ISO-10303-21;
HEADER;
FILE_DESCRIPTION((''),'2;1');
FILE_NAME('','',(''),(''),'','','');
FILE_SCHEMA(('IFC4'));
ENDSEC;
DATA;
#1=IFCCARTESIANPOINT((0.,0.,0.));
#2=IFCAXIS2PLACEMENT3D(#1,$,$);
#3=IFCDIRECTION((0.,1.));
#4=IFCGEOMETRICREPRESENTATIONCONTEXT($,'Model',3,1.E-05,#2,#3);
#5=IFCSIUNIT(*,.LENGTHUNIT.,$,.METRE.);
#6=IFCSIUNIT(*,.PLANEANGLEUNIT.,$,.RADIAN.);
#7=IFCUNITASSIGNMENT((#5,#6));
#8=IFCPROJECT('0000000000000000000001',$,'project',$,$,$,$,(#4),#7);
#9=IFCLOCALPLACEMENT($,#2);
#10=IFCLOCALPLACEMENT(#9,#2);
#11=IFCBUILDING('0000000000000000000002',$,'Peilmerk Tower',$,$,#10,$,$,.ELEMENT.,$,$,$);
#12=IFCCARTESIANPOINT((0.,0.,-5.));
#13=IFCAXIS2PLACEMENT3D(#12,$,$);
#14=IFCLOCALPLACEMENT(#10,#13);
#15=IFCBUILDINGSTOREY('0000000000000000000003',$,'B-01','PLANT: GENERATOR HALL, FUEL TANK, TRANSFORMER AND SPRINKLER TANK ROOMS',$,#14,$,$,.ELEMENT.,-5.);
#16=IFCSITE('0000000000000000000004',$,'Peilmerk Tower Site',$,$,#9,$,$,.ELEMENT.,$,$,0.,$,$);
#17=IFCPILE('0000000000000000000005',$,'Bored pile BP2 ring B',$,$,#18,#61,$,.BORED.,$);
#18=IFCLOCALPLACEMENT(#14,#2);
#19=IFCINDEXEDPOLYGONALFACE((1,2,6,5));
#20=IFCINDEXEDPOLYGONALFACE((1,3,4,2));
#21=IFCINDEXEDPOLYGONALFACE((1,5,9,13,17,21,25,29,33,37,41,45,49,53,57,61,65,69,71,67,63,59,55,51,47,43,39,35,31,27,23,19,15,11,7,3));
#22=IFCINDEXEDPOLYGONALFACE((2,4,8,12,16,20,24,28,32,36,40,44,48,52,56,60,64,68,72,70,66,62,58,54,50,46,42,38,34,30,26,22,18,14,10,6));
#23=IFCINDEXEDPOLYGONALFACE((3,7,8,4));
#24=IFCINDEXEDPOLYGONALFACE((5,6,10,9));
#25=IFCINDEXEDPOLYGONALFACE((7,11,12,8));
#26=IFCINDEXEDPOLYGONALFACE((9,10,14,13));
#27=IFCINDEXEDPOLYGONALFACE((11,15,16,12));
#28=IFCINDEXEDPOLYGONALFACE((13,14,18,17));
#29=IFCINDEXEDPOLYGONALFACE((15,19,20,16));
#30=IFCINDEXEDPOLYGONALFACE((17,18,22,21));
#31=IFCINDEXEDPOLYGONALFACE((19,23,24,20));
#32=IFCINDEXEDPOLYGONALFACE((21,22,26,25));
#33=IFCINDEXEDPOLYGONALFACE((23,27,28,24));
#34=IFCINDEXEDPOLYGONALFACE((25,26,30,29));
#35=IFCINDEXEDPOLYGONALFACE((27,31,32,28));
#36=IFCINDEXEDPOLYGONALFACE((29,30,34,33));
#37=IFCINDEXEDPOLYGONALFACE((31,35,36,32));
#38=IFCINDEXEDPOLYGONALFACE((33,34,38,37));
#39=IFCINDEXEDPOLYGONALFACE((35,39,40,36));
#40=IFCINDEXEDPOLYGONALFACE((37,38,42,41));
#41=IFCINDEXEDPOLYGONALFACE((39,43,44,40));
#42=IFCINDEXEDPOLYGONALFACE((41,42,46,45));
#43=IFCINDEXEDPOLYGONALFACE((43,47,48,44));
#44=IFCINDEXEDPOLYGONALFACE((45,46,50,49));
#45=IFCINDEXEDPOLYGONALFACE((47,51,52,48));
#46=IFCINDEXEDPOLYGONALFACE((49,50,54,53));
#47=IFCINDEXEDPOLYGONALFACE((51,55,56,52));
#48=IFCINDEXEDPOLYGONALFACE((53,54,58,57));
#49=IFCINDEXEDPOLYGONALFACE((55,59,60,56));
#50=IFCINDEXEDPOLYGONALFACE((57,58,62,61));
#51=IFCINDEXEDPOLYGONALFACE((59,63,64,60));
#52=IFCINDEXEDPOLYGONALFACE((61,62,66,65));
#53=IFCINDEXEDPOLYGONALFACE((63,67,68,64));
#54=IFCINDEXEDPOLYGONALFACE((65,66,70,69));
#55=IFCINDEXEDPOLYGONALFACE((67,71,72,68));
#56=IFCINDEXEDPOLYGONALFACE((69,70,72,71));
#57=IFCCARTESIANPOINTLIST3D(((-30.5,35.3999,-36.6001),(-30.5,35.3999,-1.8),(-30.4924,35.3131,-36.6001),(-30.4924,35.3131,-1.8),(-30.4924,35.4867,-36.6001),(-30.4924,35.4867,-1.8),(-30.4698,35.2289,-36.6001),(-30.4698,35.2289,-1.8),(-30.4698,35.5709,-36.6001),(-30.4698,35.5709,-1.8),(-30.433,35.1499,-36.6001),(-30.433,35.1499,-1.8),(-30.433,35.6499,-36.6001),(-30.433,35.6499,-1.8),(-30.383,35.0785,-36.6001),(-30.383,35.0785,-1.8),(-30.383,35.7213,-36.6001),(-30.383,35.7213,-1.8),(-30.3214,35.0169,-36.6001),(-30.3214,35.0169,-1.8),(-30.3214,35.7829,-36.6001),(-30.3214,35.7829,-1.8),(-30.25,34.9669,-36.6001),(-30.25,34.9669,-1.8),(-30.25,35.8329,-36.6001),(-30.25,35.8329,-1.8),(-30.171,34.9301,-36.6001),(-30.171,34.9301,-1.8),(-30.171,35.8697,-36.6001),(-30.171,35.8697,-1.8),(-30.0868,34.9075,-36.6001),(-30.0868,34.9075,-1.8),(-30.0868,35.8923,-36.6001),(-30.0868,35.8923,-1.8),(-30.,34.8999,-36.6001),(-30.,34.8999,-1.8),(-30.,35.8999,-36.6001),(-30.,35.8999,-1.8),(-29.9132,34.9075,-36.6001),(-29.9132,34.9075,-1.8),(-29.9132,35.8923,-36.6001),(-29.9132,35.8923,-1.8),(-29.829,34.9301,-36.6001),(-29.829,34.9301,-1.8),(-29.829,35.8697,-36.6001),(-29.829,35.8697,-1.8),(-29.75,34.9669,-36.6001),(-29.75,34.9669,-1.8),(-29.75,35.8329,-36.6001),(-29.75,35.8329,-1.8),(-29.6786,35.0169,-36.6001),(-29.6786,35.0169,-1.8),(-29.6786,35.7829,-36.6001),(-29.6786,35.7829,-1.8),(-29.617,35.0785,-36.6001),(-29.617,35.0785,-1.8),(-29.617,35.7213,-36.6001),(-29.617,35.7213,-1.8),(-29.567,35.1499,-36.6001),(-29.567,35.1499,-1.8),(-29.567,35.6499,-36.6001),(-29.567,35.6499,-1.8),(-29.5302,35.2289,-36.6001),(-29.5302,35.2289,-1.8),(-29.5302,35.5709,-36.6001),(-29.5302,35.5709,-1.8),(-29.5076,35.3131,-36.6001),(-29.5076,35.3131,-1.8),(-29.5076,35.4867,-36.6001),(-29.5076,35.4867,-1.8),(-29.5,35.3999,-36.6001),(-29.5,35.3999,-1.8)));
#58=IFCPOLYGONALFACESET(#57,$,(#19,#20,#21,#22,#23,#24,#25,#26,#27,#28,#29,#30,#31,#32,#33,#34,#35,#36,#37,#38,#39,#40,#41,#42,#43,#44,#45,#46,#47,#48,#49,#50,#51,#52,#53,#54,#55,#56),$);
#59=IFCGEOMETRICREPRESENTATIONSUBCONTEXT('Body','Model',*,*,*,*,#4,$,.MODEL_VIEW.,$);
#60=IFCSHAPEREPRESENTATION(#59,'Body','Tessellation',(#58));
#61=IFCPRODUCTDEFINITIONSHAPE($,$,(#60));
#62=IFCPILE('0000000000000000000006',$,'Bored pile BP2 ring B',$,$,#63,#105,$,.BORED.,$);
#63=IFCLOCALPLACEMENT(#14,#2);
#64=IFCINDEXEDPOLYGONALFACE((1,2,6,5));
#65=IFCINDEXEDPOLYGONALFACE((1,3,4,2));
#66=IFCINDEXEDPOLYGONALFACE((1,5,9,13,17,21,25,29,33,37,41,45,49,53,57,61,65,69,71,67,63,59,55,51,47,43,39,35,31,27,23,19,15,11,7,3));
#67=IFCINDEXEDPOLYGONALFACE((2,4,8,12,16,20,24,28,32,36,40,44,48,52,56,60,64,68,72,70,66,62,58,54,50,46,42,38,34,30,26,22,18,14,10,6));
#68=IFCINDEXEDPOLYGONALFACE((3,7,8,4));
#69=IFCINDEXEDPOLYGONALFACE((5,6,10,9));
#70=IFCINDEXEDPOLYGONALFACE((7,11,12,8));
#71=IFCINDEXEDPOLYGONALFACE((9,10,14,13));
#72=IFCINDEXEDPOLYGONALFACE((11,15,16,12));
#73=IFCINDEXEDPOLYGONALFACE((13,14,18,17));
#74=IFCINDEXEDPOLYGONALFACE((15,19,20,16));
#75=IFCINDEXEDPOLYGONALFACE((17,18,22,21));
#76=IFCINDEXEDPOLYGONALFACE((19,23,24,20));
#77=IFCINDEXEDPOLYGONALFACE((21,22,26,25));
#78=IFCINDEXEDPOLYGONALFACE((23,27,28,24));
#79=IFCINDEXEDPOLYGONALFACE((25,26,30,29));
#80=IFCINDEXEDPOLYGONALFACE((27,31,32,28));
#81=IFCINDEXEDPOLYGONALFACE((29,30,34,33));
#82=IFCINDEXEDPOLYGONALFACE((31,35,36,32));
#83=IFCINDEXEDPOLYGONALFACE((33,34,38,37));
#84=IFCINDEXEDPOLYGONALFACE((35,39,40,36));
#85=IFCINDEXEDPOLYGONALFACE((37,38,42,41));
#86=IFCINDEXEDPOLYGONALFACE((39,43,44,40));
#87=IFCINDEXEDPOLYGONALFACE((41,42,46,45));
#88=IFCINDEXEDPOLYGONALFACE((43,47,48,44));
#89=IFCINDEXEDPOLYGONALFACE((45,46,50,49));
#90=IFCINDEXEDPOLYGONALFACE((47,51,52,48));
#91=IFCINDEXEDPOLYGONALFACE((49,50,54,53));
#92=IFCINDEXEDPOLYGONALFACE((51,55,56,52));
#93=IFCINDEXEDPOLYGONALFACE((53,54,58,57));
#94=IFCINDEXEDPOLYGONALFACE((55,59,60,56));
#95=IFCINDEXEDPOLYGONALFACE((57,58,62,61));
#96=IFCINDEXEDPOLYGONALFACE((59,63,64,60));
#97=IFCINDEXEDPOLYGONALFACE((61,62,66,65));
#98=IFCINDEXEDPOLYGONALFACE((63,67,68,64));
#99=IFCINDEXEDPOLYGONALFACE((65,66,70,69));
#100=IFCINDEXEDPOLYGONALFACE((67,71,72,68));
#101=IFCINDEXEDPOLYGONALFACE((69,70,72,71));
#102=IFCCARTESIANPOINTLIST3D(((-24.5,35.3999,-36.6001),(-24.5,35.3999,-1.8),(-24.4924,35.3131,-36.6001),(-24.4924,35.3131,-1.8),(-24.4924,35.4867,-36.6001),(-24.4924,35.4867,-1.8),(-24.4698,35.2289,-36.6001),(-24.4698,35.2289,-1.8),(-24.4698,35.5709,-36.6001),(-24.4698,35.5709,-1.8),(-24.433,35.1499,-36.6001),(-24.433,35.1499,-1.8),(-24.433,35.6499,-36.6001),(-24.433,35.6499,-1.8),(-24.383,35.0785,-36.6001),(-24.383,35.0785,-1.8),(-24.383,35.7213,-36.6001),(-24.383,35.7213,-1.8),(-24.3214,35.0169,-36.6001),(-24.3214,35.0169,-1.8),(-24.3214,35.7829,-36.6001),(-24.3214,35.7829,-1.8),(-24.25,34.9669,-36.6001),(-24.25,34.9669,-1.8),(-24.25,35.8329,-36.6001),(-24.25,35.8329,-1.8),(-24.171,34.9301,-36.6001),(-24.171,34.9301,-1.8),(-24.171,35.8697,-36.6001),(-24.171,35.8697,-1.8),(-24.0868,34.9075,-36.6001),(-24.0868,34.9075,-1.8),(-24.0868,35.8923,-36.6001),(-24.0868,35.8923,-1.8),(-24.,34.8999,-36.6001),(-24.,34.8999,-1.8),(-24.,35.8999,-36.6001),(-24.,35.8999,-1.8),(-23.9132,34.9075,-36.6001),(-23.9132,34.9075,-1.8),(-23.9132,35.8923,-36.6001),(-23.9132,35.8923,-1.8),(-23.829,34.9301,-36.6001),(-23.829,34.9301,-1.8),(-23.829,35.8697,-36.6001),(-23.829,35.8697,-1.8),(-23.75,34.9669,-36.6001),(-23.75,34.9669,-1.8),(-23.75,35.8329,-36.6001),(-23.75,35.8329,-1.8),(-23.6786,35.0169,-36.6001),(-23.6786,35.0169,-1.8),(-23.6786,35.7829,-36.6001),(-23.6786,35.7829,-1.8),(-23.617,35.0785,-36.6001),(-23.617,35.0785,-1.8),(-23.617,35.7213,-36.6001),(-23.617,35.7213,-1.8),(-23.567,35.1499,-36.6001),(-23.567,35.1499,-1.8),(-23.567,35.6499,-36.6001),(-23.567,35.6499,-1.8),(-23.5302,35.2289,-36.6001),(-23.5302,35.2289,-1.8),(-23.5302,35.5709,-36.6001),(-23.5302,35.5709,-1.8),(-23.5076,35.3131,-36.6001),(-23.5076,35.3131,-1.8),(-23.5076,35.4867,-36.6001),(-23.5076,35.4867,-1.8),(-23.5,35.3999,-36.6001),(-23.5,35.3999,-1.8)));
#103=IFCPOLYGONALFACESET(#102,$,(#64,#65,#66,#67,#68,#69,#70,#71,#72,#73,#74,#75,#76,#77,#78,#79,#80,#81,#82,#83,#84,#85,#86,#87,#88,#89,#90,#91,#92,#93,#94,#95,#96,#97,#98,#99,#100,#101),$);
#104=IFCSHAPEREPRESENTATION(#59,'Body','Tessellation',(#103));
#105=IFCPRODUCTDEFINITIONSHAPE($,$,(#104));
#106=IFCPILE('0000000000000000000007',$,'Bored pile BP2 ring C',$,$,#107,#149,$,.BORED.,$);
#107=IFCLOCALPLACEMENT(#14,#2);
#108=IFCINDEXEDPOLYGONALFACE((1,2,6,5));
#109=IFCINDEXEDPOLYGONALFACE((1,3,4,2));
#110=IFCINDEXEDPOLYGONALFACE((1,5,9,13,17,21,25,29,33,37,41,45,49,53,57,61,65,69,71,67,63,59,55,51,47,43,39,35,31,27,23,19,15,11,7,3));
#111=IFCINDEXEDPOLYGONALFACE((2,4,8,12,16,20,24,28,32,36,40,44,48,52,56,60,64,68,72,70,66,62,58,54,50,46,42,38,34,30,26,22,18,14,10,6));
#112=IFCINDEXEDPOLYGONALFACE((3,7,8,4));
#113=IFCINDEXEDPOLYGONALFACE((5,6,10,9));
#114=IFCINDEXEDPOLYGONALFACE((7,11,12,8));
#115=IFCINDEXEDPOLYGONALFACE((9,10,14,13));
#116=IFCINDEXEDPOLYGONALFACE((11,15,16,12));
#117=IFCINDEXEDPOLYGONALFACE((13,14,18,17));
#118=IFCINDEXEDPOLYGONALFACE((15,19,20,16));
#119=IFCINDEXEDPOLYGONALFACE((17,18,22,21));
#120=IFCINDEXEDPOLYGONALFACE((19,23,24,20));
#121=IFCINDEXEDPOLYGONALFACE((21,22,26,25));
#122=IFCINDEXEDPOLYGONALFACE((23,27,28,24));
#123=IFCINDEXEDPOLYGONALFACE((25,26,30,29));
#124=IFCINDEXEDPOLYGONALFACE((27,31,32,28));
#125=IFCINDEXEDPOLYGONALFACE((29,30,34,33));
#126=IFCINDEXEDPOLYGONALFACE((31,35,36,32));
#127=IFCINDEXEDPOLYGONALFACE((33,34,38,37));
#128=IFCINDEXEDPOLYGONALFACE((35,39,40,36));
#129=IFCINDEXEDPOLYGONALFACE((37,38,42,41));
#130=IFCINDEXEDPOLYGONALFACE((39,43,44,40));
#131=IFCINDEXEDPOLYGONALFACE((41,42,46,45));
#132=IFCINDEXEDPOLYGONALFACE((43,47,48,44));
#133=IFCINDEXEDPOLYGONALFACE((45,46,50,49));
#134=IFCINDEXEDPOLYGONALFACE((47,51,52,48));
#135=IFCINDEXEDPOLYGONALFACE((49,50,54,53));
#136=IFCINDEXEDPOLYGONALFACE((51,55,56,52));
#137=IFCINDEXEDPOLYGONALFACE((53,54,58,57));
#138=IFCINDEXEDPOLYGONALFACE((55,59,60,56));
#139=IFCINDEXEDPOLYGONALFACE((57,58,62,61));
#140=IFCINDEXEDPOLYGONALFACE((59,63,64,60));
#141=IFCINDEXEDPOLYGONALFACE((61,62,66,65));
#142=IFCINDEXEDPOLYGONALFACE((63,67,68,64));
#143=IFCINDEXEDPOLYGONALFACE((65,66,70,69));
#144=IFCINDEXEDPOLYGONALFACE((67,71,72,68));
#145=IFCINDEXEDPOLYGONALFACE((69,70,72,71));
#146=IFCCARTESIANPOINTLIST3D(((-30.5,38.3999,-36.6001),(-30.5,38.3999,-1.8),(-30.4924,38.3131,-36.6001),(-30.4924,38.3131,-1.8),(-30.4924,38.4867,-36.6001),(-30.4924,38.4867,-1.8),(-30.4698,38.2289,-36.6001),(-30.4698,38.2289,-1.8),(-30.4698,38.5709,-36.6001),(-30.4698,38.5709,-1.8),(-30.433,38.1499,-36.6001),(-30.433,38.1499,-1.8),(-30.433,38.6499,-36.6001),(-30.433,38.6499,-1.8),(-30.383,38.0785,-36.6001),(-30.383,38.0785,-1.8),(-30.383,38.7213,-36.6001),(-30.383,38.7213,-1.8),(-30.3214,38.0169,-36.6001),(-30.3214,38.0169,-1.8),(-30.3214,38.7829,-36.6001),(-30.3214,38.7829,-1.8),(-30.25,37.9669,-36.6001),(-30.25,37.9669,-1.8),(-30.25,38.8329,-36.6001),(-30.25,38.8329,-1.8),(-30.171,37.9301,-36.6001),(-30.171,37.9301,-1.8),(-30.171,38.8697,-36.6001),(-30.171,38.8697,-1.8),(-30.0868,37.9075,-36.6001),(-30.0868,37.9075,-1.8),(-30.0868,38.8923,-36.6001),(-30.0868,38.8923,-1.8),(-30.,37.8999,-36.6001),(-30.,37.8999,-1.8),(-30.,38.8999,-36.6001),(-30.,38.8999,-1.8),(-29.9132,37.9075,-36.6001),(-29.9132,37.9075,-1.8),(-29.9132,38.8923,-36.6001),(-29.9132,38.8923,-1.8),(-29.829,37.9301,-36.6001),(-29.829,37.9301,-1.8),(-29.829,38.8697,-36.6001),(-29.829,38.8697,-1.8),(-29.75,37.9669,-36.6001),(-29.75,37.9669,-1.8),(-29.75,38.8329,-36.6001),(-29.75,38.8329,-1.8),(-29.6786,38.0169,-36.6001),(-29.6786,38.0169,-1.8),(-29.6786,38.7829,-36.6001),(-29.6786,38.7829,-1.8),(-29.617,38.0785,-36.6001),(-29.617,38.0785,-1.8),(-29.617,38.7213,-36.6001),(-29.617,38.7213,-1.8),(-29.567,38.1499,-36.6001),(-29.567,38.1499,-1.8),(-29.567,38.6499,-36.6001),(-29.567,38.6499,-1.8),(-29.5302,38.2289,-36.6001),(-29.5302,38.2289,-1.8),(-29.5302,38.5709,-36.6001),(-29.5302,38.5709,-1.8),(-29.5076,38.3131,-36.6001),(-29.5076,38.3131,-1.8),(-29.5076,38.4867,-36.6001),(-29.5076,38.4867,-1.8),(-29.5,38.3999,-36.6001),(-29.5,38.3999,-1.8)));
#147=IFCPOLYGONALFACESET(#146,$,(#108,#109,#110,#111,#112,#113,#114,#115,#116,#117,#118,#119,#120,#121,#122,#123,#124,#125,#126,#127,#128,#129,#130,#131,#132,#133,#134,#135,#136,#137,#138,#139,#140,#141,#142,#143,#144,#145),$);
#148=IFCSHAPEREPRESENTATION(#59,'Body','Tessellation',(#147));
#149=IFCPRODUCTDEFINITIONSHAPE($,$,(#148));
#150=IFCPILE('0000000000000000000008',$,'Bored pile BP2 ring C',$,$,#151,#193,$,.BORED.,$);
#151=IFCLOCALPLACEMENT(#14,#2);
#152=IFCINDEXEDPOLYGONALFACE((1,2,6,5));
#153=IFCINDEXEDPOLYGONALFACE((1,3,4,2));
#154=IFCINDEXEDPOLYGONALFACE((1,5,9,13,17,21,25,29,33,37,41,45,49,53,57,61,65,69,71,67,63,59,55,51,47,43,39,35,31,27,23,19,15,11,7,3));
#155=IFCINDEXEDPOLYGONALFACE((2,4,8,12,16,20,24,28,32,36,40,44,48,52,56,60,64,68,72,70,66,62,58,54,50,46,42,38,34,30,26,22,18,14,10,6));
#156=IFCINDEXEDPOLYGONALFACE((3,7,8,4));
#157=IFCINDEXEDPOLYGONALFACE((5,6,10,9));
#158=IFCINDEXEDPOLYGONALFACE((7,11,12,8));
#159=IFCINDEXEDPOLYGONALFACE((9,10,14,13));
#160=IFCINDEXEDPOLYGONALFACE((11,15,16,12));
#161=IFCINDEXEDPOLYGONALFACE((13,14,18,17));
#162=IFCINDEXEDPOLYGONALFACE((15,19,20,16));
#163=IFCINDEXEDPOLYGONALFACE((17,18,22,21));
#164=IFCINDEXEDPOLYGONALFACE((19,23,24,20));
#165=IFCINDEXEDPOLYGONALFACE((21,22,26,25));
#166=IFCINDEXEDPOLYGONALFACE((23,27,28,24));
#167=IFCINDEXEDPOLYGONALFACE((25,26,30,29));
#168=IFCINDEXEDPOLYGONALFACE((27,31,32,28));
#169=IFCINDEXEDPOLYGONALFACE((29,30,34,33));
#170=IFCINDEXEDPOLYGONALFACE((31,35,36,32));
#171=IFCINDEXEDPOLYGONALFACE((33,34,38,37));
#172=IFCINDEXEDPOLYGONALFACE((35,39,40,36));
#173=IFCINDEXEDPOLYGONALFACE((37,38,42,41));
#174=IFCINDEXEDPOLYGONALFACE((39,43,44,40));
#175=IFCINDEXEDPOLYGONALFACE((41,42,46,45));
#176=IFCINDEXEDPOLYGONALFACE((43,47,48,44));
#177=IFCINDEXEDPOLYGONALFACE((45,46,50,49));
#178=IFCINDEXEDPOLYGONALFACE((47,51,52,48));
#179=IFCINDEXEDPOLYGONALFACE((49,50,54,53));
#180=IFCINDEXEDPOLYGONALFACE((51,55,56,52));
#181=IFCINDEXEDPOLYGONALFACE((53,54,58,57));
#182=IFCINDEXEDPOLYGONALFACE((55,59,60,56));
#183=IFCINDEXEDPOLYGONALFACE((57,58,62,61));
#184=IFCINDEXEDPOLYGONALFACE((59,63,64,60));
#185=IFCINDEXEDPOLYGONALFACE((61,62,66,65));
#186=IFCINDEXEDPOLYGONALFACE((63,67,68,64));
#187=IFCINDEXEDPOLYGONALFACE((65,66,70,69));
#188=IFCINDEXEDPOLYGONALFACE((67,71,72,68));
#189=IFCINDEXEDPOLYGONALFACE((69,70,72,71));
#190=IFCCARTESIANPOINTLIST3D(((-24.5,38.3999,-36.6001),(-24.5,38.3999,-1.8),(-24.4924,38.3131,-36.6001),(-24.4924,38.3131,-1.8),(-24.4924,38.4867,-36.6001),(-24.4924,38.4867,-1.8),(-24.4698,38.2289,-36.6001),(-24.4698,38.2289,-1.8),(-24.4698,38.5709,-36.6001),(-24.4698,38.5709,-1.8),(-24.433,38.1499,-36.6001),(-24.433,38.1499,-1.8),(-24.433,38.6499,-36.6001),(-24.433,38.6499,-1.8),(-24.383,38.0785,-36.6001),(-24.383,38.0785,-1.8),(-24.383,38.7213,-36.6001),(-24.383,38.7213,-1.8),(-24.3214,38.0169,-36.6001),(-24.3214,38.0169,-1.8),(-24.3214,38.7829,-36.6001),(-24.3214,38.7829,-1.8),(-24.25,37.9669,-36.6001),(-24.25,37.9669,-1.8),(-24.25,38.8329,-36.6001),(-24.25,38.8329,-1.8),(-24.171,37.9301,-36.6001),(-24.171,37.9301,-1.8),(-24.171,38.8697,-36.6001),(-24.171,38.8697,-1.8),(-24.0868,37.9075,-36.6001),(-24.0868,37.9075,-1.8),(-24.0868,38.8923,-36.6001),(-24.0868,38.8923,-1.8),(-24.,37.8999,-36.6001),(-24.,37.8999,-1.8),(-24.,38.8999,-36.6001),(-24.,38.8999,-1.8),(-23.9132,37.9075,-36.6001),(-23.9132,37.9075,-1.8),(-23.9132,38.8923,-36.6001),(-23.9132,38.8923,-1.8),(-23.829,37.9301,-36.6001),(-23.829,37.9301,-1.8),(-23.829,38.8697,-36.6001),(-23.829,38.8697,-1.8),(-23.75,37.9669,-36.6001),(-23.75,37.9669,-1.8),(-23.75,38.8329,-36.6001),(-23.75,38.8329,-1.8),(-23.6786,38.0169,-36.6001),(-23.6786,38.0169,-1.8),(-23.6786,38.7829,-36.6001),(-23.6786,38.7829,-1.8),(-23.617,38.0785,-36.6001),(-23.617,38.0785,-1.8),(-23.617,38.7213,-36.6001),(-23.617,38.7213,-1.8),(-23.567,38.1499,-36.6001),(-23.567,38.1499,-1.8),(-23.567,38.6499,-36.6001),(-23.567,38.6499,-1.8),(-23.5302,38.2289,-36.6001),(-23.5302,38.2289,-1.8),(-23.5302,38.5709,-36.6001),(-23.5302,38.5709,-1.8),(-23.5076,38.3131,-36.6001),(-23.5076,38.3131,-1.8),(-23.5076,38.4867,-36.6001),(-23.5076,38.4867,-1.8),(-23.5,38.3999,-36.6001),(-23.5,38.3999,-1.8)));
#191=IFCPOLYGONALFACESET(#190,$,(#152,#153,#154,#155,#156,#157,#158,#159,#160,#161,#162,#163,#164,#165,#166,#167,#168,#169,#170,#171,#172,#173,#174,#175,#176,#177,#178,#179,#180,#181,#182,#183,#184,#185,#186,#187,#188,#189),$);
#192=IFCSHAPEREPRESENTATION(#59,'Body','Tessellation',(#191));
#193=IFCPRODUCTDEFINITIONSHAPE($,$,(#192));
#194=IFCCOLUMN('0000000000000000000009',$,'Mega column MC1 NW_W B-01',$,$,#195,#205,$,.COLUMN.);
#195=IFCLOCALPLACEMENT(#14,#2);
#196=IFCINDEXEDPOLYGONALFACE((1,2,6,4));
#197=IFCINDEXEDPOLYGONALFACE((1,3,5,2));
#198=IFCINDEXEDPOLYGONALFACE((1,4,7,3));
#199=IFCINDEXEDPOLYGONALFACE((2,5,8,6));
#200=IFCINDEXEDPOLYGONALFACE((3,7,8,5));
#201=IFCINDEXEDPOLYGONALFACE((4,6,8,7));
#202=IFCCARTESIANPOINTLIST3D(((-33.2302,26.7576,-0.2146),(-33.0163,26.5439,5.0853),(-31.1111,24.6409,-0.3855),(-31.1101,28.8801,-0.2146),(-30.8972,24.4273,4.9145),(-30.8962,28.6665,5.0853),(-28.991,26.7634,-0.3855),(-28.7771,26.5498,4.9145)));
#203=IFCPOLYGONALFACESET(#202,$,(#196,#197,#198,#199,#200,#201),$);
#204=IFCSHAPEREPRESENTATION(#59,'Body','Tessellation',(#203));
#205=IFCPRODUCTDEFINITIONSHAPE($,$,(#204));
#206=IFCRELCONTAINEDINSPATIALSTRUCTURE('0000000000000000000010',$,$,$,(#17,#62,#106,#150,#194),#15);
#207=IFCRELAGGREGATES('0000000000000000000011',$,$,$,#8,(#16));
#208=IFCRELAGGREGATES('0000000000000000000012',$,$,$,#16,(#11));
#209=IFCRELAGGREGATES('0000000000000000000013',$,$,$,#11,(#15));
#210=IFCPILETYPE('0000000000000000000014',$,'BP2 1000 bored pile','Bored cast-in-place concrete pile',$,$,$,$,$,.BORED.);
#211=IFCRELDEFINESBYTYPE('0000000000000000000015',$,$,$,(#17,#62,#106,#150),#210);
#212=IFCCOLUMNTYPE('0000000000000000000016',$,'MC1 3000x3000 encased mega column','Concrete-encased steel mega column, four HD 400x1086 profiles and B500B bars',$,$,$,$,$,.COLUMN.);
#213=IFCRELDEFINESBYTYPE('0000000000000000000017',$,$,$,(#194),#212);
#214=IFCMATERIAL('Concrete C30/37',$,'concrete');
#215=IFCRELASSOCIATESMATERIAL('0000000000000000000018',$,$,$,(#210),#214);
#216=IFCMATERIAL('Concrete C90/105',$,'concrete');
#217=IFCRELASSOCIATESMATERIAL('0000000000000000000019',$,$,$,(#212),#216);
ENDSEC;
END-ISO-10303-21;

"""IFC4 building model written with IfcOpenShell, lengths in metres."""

from ifc_helpers import new_model, si_unit, direction, frame, origin, origin_2d, place, context, subcontext, project, spatial, rectangle, circle, extrude, material, material_profile, profile_set, type_object, element, save


model = new_model("IFC4")

# Units and contexts
model_context = context("Model", 3, precision=1e-05, world=origin(), true_north=direction((0.0, 1.0)))
body_context = subcontext(model_context, "Body", "Model", "MODEL_VIEW")
ifc_project = project(units=[si_unit("LENGTHUNIT", "METRE"), si_unit("PLANEANGLEUNIT", "RADIAN")], contexts=[model_context])

# Site, building, storey
site_placement = place(None, origin())
site = spatial("IfcSite", under=ifc_project, at=site_placement, Name="Peilmerk Tower Site", CompositionType="ELEMENT", RefElevation=0.0)
building_placement = place(site_placement, origin())
building = spatial("IfcBuilding", under=site, at=building_placement, Name="Peilmerk Tower", CompositionType="ELEMENT")
storey_placement = place(building_placement, frame((0.0, 0.0, -5.0)))
storey = spatial("IfcBuildingStorey", under=building, at=storey_placement, Name="B-01", Description="PLANT: GENERATOR HALL, FUEL TANK, TRANSFORMER AND SPRINKLER TANK ROOMS", CompositionType="ELEMENT", Elevation=-5.0)

# Piles
ifc_material_1 = material(Name="Concrete C30/37", Category="concrete")
ifc_material_profile_1 = material_profile(ifc_material_1, circle(Radius=0.5, at=origin_2d()), Name="BP 1000")
ifc_profile_set_1 = profile_set([ifc_material_profile_1], Name="Concrete C30/37")
pile_type_1 = type_object("IfcPileType", Name="BP2 1000 bored pile", Description="Bored cast-in-place concrete pile", PredefinedType="BORED", material=ifc_profile_set_1)
for number, where, z_axis, x_axis, name in (
    (1, (-30.0, 35.3999, -1.8), (0.0, 0.0, -1.0), (1.0, 0.0, 0.0), "Bored pile BP2 ring B"),
    (2, (-24.0, 35.3999, -1.8), (0.0, 0.0, -1.0), (1.0, 0.0, 0.0), "Bored pile BP2 ring B"),
    (3, (-30.0, 38.3999, -1.8), (0.0, 0.0, -1.0), (1.0, 0.0, 0.0), "Bored pile BP2 ring C"),
    (4, (-24.0, 38.3999, -1.8), (0.0, 0.0, -1.0), (1.0, 0.0, 0.0), "Bored pile BP2 ring C"),
):
    element("IfcPile", number, at=place(storey_placement, frame(where, z_axis=z_axis, x_axis=x_axis)), inside=storey, type_object=pile_type_1, Name=name, PredefinedType="BORED", context=body_context, shape_type="SweptSolid", body=[
        extrude(circle(Radius=0.5, at=origin_2d()), origin(), (0.0, 0.0, 1.0), 34.8),
    ])

# Column
ifc_material_2 = material(Name="Concrete C90/105", Category="concrete")
ifc_material_profile_2 = material_profile(ifc_material_2, rectangle(XDim=3.0, YDim=3.0, at=origin_2d()), Name="RC 3000x3000")
ifc_profile_set_2 = profile_set([ifc_material_profile_2], Name="Concrete C90/105")
column_type_1 = type_object("IfcColumnType", Name="MC1 3000x3000 encased mega column", Description="Concrete-encased steel mega column, four HD 400x1086 profiles and B500B bars", PredefinedType="COLUMN", material=ifc_profile_set_2)
for number, where, z_axis, x_axis, name in (
    (5, (-31.1106, 26.7605, -0.3), (0.040286, -0.04024, 0.998378), (0.706703, 0.70751, 0.0), "Mega column MC1 NW_W B-01"),
):
    element("IfcColumn", number, at=place(storey_placement, frame(where, z_axis=z_axis, x_axis=x_axis)), inside=storey, type_object=column_type_1, Name=name, PredefinedType="COLUMN", context=body_context, shape_type="SweptSolid", body=[
        extrude(rectangle(XDim=3.0, YDim=3.0, at=origin_2d()), origin(), (0.0, 0.0, 1.0), 5.3086),
    ])

save(model, "model.ifc")
